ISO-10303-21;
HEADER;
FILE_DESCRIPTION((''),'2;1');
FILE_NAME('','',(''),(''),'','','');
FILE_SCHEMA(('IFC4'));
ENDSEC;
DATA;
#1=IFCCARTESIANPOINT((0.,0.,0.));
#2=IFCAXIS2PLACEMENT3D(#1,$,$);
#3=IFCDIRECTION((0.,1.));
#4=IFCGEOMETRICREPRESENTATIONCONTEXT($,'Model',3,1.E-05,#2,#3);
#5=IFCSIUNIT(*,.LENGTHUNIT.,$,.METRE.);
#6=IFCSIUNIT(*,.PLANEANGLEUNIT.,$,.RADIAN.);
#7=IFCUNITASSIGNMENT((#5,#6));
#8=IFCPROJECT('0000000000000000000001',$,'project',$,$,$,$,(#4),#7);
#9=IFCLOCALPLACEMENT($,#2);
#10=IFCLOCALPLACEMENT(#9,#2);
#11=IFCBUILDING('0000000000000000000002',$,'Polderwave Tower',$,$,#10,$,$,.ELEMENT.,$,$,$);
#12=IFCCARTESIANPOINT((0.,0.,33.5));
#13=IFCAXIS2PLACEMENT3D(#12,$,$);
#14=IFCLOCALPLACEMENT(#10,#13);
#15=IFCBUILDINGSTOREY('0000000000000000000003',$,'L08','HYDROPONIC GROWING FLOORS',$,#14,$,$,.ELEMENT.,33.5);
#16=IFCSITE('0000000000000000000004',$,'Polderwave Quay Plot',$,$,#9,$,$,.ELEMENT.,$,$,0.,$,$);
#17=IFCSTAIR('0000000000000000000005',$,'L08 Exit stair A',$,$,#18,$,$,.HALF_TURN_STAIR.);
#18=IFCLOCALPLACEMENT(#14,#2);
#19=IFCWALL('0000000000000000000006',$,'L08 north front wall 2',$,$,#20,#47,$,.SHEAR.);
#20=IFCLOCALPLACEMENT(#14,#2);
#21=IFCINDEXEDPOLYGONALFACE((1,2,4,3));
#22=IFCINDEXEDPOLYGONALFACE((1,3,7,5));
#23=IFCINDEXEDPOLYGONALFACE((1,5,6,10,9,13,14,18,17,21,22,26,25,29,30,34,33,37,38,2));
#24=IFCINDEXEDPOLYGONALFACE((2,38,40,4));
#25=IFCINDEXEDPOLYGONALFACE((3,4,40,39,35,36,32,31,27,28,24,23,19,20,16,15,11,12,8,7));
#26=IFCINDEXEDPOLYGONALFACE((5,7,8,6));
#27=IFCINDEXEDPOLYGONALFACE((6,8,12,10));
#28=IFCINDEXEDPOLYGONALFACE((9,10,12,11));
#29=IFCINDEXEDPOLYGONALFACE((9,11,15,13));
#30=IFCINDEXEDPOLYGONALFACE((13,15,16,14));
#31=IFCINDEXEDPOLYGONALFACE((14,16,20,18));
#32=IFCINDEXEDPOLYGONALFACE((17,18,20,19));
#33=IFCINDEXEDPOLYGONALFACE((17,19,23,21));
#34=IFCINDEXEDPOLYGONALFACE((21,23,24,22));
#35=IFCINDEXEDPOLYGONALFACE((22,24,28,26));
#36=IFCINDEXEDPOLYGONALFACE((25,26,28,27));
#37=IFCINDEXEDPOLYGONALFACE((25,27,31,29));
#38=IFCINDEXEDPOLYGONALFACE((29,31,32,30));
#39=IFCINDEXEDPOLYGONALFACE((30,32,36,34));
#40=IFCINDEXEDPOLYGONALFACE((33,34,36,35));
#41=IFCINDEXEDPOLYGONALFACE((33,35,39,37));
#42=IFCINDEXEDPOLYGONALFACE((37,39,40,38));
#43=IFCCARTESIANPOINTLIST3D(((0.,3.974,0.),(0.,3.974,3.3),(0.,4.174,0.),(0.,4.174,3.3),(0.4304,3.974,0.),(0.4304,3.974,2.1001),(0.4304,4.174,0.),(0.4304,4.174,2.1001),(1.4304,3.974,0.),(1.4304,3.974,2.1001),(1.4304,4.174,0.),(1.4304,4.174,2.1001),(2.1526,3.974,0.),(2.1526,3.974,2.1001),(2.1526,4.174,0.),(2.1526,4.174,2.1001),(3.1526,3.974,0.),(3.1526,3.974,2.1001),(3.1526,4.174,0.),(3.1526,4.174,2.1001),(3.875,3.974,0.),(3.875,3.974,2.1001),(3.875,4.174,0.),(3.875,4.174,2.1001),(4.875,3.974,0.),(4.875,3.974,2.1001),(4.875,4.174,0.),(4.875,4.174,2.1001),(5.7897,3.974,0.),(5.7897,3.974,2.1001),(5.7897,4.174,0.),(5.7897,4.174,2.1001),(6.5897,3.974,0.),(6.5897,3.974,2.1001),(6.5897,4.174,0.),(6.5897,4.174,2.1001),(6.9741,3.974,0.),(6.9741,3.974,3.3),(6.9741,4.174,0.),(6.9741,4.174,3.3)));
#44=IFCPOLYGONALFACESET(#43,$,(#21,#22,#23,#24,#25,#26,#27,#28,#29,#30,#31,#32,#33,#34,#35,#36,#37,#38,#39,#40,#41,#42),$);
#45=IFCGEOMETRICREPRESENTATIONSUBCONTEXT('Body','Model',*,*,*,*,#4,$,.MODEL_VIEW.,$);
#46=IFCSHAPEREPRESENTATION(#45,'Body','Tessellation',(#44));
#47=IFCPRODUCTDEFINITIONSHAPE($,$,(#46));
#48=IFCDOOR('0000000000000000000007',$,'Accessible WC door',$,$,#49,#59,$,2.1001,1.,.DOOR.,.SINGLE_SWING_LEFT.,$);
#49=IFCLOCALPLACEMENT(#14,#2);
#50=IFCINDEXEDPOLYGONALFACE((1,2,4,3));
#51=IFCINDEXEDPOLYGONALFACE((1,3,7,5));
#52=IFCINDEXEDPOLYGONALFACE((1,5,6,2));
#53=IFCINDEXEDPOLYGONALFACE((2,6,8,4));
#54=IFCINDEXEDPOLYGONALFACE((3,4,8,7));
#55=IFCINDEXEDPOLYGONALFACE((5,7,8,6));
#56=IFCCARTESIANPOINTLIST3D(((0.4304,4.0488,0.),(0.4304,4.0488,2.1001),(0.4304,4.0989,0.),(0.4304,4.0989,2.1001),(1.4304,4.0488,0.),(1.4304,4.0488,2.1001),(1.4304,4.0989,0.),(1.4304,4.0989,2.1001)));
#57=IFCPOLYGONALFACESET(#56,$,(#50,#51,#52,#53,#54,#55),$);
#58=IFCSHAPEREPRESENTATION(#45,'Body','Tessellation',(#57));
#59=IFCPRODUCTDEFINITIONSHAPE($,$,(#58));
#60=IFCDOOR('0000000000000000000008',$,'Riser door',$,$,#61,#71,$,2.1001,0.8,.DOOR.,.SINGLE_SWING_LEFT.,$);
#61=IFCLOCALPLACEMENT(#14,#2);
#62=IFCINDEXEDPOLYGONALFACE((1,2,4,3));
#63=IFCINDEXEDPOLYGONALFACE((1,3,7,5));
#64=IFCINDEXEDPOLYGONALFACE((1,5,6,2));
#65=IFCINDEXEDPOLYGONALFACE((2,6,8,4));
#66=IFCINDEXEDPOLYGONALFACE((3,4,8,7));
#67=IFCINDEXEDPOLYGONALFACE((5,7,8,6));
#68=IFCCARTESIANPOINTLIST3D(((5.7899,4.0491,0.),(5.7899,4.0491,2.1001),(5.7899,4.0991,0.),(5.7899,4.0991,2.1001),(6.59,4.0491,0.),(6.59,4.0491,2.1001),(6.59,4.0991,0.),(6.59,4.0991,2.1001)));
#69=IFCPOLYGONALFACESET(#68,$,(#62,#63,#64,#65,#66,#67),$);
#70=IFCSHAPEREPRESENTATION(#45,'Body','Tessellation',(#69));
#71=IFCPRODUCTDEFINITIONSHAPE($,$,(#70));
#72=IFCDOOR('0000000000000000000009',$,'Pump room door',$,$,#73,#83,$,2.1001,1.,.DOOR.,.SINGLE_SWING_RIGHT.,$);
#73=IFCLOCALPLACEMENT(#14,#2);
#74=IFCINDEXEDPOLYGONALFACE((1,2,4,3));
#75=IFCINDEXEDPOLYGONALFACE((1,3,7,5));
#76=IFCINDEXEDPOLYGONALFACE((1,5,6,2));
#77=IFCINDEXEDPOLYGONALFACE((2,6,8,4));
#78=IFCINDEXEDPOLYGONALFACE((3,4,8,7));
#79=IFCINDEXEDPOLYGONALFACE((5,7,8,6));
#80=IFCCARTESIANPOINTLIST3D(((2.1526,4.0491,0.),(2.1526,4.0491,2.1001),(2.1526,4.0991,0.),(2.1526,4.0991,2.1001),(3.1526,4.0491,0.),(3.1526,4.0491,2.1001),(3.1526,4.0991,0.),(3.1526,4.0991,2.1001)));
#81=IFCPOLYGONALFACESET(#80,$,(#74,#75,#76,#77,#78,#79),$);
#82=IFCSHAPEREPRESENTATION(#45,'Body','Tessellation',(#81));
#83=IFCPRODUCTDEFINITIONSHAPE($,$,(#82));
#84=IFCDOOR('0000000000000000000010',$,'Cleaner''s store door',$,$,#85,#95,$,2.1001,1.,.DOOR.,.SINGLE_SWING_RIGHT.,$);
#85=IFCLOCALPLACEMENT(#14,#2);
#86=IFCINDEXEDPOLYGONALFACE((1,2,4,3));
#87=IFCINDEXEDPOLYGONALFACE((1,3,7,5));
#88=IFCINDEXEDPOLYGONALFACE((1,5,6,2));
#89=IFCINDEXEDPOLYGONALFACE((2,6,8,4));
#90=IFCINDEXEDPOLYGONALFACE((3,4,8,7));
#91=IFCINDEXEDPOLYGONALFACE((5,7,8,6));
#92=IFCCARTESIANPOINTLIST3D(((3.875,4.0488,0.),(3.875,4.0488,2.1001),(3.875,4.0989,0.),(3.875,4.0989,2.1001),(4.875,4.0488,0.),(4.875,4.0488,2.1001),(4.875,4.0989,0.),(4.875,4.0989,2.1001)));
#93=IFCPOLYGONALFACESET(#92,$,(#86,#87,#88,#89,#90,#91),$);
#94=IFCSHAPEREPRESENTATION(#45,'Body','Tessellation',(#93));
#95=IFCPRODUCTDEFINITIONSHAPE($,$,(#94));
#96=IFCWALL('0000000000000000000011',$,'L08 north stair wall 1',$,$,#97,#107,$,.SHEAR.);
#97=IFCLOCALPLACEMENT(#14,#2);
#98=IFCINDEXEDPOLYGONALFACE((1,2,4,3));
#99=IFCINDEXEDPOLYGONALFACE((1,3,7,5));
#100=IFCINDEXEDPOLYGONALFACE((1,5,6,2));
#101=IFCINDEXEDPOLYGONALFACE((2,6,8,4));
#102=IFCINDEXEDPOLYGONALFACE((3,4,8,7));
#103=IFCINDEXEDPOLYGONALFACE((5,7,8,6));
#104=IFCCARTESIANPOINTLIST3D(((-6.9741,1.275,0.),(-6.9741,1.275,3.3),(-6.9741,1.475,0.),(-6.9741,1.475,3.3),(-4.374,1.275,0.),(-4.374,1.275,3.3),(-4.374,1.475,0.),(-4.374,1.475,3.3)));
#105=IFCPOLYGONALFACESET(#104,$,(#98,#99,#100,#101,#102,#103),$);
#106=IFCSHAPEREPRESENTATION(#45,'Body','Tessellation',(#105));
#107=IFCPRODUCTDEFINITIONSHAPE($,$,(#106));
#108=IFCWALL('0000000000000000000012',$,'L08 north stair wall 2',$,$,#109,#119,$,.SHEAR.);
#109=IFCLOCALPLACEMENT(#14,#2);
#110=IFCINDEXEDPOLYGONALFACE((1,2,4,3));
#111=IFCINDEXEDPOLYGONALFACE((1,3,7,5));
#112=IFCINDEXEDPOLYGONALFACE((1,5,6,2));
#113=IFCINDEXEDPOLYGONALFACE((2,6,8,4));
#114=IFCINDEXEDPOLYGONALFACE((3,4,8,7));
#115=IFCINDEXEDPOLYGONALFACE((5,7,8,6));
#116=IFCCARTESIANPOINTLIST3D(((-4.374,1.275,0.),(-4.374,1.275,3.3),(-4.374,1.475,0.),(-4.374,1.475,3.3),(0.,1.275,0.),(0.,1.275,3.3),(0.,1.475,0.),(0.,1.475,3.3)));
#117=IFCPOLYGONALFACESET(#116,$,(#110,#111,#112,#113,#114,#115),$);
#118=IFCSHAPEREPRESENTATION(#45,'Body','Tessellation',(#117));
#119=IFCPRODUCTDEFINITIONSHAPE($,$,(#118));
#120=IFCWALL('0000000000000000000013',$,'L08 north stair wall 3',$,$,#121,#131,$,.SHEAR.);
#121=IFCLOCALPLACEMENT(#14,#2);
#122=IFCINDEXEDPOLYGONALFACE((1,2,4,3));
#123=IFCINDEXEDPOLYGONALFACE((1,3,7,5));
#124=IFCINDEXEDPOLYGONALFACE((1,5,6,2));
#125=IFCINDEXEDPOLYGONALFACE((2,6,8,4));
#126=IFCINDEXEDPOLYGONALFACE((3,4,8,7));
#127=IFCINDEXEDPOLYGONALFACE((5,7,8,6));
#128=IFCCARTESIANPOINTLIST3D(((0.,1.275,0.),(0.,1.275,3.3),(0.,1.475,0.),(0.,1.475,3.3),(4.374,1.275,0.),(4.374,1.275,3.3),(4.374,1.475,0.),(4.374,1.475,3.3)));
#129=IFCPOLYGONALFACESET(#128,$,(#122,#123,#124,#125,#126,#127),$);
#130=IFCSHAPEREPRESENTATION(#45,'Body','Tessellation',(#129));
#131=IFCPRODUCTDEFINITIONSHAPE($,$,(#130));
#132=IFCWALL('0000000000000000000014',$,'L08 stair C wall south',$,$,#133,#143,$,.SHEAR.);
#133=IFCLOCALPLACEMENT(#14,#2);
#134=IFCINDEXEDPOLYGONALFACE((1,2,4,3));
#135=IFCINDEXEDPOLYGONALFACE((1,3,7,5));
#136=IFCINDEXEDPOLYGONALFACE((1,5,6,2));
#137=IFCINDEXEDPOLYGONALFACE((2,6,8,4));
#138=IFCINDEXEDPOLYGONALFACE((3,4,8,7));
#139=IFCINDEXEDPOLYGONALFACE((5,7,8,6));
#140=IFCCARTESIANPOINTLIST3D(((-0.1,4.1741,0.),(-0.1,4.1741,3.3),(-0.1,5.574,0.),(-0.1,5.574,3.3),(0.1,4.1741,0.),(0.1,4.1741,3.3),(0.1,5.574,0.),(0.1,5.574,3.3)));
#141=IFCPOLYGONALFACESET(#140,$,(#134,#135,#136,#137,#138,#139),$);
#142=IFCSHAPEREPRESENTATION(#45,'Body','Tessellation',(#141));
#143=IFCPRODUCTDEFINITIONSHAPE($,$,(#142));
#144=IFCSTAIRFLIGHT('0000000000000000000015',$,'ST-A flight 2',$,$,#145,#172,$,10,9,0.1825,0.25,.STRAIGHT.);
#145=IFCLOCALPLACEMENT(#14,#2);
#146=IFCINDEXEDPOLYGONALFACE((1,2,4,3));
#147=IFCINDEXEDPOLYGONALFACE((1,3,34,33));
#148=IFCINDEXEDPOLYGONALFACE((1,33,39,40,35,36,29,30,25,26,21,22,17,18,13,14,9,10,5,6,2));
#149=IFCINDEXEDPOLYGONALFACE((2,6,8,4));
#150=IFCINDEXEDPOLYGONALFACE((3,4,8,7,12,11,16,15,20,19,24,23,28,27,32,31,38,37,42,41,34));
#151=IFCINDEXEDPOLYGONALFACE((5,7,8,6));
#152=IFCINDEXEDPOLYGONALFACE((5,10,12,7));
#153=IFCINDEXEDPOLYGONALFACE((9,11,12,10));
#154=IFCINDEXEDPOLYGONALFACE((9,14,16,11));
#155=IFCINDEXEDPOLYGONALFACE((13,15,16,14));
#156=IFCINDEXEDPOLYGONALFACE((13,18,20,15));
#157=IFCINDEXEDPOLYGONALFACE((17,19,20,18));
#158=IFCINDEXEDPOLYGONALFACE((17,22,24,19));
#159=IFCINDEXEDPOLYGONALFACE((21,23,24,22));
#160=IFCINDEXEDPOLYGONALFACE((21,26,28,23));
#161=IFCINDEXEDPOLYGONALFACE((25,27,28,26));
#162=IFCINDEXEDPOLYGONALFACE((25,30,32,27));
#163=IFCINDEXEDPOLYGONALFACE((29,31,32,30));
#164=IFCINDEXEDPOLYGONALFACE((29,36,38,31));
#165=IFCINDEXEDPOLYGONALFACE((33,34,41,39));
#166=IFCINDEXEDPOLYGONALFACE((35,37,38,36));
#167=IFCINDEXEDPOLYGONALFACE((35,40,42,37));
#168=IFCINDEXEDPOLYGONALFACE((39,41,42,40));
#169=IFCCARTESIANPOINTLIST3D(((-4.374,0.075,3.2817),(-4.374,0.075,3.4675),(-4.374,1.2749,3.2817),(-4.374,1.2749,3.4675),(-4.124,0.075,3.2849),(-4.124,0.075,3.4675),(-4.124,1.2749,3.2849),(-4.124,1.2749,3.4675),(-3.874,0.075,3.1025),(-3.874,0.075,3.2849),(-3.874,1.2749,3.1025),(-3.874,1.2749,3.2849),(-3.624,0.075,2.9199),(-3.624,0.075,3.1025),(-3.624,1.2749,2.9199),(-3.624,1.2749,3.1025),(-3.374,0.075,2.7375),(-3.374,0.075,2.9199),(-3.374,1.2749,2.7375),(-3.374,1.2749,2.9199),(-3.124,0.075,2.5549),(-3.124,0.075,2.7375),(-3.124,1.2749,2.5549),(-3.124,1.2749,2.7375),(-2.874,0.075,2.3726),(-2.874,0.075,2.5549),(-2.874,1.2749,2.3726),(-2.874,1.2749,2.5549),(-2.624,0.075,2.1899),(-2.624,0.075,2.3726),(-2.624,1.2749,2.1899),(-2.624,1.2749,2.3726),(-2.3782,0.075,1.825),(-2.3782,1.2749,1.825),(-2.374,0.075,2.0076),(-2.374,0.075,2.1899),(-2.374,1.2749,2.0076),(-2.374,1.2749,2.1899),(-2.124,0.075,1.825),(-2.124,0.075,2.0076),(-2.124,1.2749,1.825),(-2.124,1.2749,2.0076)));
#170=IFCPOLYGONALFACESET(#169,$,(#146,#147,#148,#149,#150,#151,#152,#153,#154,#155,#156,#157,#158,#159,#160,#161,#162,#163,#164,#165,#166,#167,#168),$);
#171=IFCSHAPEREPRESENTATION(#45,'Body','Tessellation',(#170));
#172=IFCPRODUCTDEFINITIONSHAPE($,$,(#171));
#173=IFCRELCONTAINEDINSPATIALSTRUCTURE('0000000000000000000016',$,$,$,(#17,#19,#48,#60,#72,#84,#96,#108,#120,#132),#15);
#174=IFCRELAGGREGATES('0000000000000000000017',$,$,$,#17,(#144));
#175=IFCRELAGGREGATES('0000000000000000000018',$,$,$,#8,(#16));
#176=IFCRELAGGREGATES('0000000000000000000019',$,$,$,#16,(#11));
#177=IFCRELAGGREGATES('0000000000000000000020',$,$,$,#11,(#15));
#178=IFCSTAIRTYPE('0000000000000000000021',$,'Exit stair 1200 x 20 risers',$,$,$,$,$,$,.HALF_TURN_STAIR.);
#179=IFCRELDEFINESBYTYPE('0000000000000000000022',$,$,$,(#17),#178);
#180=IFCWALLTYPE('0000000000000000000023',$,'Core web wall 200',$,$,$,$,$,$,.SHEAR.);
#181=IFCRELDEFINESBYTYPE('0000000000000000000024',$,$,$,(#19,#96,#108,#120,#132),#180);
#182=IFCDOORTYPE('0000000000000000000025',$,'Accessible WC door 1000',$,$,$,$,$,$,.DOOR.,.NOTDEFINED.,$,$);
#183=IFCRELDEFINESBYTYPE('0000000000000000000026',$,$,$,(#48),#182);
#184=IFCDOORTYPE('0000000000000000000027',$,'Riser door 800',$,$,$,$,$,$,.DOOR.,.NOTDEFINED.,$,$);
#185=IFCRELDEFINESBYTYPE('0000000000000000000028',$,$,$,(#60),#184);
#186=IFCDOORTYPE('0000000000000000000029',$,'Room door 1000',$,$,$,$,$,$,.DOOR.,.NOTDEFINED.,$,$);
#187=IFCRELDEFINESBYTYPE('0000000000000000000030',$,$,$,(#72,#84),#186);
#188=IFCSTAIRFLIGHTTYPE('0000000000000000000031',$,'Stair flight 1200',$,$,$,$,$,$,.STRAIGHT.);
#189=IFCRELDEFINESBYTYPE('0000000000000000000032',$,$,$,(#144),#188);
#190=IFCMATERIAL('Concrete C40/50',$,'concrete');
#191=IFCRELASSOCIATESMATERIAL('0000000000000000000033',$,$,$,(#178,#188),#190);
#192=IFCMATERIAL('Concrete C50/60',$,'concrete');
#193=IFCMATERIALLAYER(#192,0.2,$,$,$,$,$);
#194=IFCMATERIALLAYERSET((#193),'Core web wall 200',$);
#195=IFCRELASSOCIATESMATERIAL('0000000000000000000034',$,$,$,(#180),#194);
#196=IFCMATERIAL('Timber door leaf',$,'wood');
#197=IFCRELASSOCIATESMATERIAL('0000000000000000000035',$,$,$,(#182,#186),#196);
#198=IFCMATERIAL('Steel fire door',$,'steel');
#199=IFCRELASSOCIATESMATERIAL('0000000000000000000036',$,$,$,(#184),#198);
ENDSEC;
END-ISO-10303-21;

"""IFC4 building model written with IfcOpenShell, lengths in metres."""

from ifc_helpers import new_model, si_unit, direction, frame, frame_2d, origin, place, context, subcontext, project, spatial, polyline, rectangle, outline, extrude, material, layer, layer_set, type_object, element, fill, aggregate, save


model = new_model("IFC4")

# Units and contexts
model_context = context("Model", 3, precision=1e-05, world=origin(), true_north=direction((0.0, 1.0)))
body_context = subcontext(model_context, "Body", "Model", "MODEL_VIEW")
ifc_project = project(units=[si_unit("LENGTHUNIT", "METRE"), si_unit("PLANEANGLEUNIT", "RADIAN")], contexts=[model_context])

# Site, building, storey
site_placement = place(None, origin())
site = spatial("IfcSite", under=ifc_project, at=site_placement, Name="Polderwave Quay Plot", CompositionType="ELEMENT", RefElevation=0.0)
building_placement = place(site_placement, origin())
building = spatial("IfcBuilding", under=site, at=building_placement, Name="Polderwave Tower", CompositionType="ELEMENT")
storey_placement = place(building_placement, frame((0.0, 0.0, 33.5)))
storey = spatial("IfcBuildingStorey", under=building, at=storey_placement, Name="L08", Description="HYDROPONIC GROWING FLOORS", CompositionType="ELEMENT", Elevation=33.5)

# Shared definitions
ifc_material_1 = material(Name="Concrete C40/50", Category="concrete")

# Stair
stair_type = type_object("IfcStairType", Name="Exit stair 1200 x 20 risers", PredefinedType="HALF_TURN_STAIR", material=ifc_material_1)
stair_1_placement = place(storey_placement, origin())
stair_1 = element("IfcStair", 1, at=stair_1_placement, inside=storey, type_object=stair_type, Name="L08 Exit stair A", PredefinedType="HALF_TURN_STAIR")

# Shared definitions
ifc_material_2 = material(Name="Steel fire door", Category="steel")

# Shared definitions
ifc_material_3 = material(Name="Concrete C50/60", Category="concrete")
ifc_layer_1 = layer(ifc_material_3, 0.2)
ifc_layer_set_1 = layer_set([ifc_layer_1], Name="Core web wall 200")
wall_type_1 = type_object("IfcWallType", Name="Core web wall 200", PredefinedType="SHEAR", material=ifc_layer_set_1)

# Wall, openings, doors
wall_1_placement = place(storey_placement, frame((0.0, 4.074, 0.0), z_axis=(0.0, 0.0, 1.0), x_axis=(1.0, 0.0, 0.0)))
wall_1 = element("IfcWall", 2, at=wall_1_placement, inside=storey, type_object=wall_type_1, Name="L08 north front wall 2", PredefinedType="SHEAR", context=body_context, shape_type="SweptSolid", body=[
    extrude(rectangle(XDim=6.9741, YDim=0.2, at=frame_2d((3.4871, 0.0))), origin(), (0.0, 0.0, 1.0), 3.3),
])
opening_1_placement = place(wall_1_placement, frame((0.4304, 0.0, 0.0)))
opening_1 = element("IfcOpeningElement", 3, at=opening_1_placement, cuts=wall_1, PredefinedType="OPENING", context=body_context, shape_type="SweptSolid", body=[
    extrude(rectangle(XDim=1.0, YDim=2.1001, at=frame_2d((0.5, 1.05))), frame((0.0, 0.1099, 0.0), z_axis=(0.0, -1.0, 0.0), x_axis=(1.0, 0.0, 0.0)), (0.0, 0.0, 1.0), 0.22),
])
opening_2_placement = place(wall_1_placement, frame((2.1526, 0.0, 0.0)))
opening_2 = element("IfcOpeningElement", 4, at=opening_2_placement, cuts=wall_1, PredefinedType="OPENING", context=body_context, shape_type="SweptSolid", body=[
    extrude(rectangle(XDim=1.0, YDim=2.1001, at=frame_2d((0.5, 1.05))), frame((0.0, 0.1099, 0.0), z_axis=(0.0, -1.0, 0.0), x_axis=(1.0, 0.0, 0.0)), (0.0, 0.0, 1.0), 0.22),
])
opening_3_placement = place(wall_1_placement, frame((3.875, 0.0, 0.0)))
opening_3 = element("IfcOpeningElement", 5, at=opening_3_placement, cuts=wall_1, PredefinedType="OPENING", context=body_context, shape_type="SweptSolid", body=[
    extrude(rectangle(XDim=1.0, YDim=2.1001, at=frame_2d((0.5, 1.05))), frame((0.0, 0.1099, 0.0), z_axis=(0.0, -1.0, 0.0), x_axis=(1.0, 0.0, 0.0)), (0.0, 0.0, 1.0), 0.22),
])
opening_4_placement = place(wall_1_placement, frame((5.7898, 0.0, 0.0)))
opening_4 = element("IfcOpeningElement", 6, at=opening_4_placement, cuts=wall_1, PredefinedType="OPENING", context=body_context, shape_type="SweptSolid", body=[
    extrude(rectangle(XDim=0.8, YDim=2.1001, at=frame_2d((0.3999, 1.05))), frame((0.0, 0.1099, 0.0), z_axis=(0.0, -1.0, 0.0), x_axis=(1.0, 0.0, 0.0)), (0.0, 0.0, 1.0), 0.22),
])
ifc_material_4 = material(Name="Timber door leaf", Category="wood")
door_type_1 = type_object("IfcDoorType", Name="Accessible WC door 1000", OperationType="NOTDEFINED", PredefinedType="DOOR", material=ifc_material_4)
door_1_placement = place(opening_1_placement, origin())
door_1 = element("IfcDoor", 7, at=door_1_placement, inside=storey, type_object=door_type_1, Name="Accessible WC door", OperationType="SINGLE_SWING_LEFT", OverallHeight=2.1001, OverallWidth=1.0, PredefinedType="DOOR", context=body_context, shape_type="SweptSolid", body=[
    extrude(rectangle(XDim=1.0, YDim=2.1001, at=frame_2d((0.5, 1.05))), frame((0.0, 0.0249, 0.0), z_axis=(0.0, -1.0, 0.0), x_axis=(1.0, 0.0, 0.0)), (0.0, 0.0, 1.0), 0.05),
])
fill(opening_1, door_1)
door_type_2 = type_object("IfcDoorType", Name="Riser door 800", OperationType="NOTDEFINED", PredefinedType="DOOR", material=ifc_material_2)
door_2_placement = place(opening_4_placement, frame((0.8, 0.0, 0.0), z_axis=(0.0, 0.0, 1.0), x_axis=(-1.0, 0.0, 0.0)))
door_2 = element("IfcDoor", 8, at=door_2_placement, inside=storey, type_object=door_type_2, Name="Riser door", OperationType="SINGLE_SWING_LEFT", OverallHeight=2.1001, OverallWidth=0.8, PredefinedType="DOOR", context=body_context, shape_type="SweptSolid", body=[
    extrude(rectangle(XDim=0.8, YDim=2.1001, at=frame_2d((0.3999, 1.05))), frame((0.0, 0.0249, 0.0), z_axis=(0.0, -1.0, 0.0), x_axis=(1.0, 0.0, 0.0)), (0.0, 0.0, 1.0), 0.05),
])
fill(opening_4, door_2)
door_type_3 = type_object("IfcDoorType", Name="Room door 1000", OperationType="NOTDEFINED", PredefinedType="DOOR", material=ifc_material_4)
door_3_placement = place(opening_2_placement, frame((1.0, 0.0, 0.0), z_axis=(0.0, 0.0, 1.0), x_axis=(-1.0, 0.0, 0.0)))
door_3 = element("IfcDoor", 9, at=door_3_placement, inside=storey, type_object=door_type_3, Name="Pump room door", OperationType="SINGLE_SWING_RIGHT", OverallHeight=2.1001, OverallWidth=1.0, PredefinedType="DOOR", context=body_context, shape_type="SweptSolid", body=[
    extrude(rectangle(XDim=1.0, YDim=2.1001, at=frame_2d((0.5, 1.05))), frame((0.0, 0.0249, 0.0), z_axis=(0.0, -1.0, 0.0), x_axis=(1.0, 0.0, 0.0)), (0.0, 0.0, 1.0), 0.05),
])
fill(opening_2, door_3)
door_4_placement = place(opening_3_placement, origin())
door_4 = element("IfcDoor", 10, at=door_4_placement, inside=storey, type_object=door_type_3, Name="Cleaner's store door", OperationType="SINGLE_SWING_RIGHT", OverallHeight=2.1001, OverallWidth=1.0, PredefinedType="DOOR", context=body_context, shape_type="SweptSolid", body=[
    extrude(rectangle(XDim=1.0, YDim=2.1001, at=frame_2d((0.5, 1.05))), frame((0.0, 0.0249, 0.0), z_axis=(0.0, -1.0, 0.0), x_axis=(1.0, 0.0, 0.0)), (0.0, 0.0, 1.0), 0.05),
])
fill(opening_3, door_4)

# Walls
wall_2_placement = place(storey_placement, frame((-6.9741, 1.375, 0.0), z_axis=(0.0, 0.0, 1.0), x_axis=(1.0, 0.0, 0.0)))
element("IfcWall", 11, at=wall_2_placement, inside=storey, type_object=wall_type_1, Name="L08 north stair wall 1", PredefinedType="SHEAR", context=body_context, shape_type="SweptSolid", body=[
    extrude(rectangle(XDim=2.6001, YDim=0.2, at=frame_2d((1.3, 0.0))), origin(), (0.0, 0.0, 1.0), 3.3),
])
for number, where, z_axis, x_axis, name in (
    (12, (-4.374, 1.375, 0.0), (0.0, 0.0, 1.0), (1.0, 0.0, 0.0), "L08 north stair wall 2"),
    (13, (0.0, 1.375, 0.0), (0.0, 0.0, 1.0), (1.0, 0.0, 0.0), "L08 north stair wall 3"),
):
    element("IfcWall", number, at=place(storey_placement, frame(where, z_axis=z_axis, x_axis=x_axis)), inside=storey, type_object=wall_type_1, Name=name, PredefinedType="SHEAR", context=body_context, shape_type="SweptSolid", body=[
        extrude(rectangle(XDim=4.374, YDim=0.2, at=frame_2d((2.187, 0.0))), origin(), (0.0, 0.0, 1.0), 3.3),
    ])
wall_3_placement = place(storey_placement, frame((0.0, 4.1741, 0.0), z_axis=(0.0, 0.0, 1.0), x_axis=(0.0, 1.0, 0.0)))
element("IfcWall", 14, at=wall_3_placement, inside=storey, type_object=wall_type_1, Name="L08 stair C wall south", PredefinedType="SHEAR", context=body_context, shape_type="SweptSolid", body=[
    extrude(rectangle(XDim=1.3999, YDim=0.2, at=frame_2d((0.7, 0.0))), origin(), (0.0, 0.0, 1.0), 3.3),
])

# Stair flight
stair_flight_type = type_object("IfcStairFlightType", Name="Stair flight 1200", PredefinedType="STRAIGHT", material=ifc_material_1)
stair_flight_1_placement = place(storey_placement, frame((-2.124, 0.675, 1.825), z_axis=(0.0, 0.0, 1.0), x_axis=(-1.0, 0.0, 0.0)))
stair_flight_1 = element("IfcStairFlight", 15, at=stair_flight_1_placement, type_object=stair_flight_type, Name="ST-A flight 2", NumberOfRisers=10, NumberOfTreads=9, PredefinedType="STRAIGHT", RiserHeight=0.1825, TreadLength=0.25, context=body_context, shape_type="SweptSolid", body=[
    extrude(outline(polyline([(0.0, 0.0), (0.0, 0.1826), (0.25, 0.1826), (0.25, 0.365), (0.5, 0.365), (0.5, 0.5476), (0.75, 0.5476), (0.75, 0.73), (1.0, 0.73), (1.0, 0.9126), (1.25, 0.9126), (1.25, 1.095), (1.5, 1.095), (1.5, 1.2776), (1.75, 1.2776), (1.75, 1.46), (2.0, 1.46), (2.0, 1.6426), (2.25, 1.6426), (2.25, 1.825), (2.25, 1.4568), (0.2542, 0.0), (0.0, 0.0)])), frame((0.0, 0.6001, 0.0), z_axis=(0.0, -1.0, 0.0), x_axis=(1.0, 0.0, 0.0)), (0.0, 0.0, 1.0), 1.2),
])
aggregate(stair_1, [stair_flight_1])

save(model, "model.ifc")
